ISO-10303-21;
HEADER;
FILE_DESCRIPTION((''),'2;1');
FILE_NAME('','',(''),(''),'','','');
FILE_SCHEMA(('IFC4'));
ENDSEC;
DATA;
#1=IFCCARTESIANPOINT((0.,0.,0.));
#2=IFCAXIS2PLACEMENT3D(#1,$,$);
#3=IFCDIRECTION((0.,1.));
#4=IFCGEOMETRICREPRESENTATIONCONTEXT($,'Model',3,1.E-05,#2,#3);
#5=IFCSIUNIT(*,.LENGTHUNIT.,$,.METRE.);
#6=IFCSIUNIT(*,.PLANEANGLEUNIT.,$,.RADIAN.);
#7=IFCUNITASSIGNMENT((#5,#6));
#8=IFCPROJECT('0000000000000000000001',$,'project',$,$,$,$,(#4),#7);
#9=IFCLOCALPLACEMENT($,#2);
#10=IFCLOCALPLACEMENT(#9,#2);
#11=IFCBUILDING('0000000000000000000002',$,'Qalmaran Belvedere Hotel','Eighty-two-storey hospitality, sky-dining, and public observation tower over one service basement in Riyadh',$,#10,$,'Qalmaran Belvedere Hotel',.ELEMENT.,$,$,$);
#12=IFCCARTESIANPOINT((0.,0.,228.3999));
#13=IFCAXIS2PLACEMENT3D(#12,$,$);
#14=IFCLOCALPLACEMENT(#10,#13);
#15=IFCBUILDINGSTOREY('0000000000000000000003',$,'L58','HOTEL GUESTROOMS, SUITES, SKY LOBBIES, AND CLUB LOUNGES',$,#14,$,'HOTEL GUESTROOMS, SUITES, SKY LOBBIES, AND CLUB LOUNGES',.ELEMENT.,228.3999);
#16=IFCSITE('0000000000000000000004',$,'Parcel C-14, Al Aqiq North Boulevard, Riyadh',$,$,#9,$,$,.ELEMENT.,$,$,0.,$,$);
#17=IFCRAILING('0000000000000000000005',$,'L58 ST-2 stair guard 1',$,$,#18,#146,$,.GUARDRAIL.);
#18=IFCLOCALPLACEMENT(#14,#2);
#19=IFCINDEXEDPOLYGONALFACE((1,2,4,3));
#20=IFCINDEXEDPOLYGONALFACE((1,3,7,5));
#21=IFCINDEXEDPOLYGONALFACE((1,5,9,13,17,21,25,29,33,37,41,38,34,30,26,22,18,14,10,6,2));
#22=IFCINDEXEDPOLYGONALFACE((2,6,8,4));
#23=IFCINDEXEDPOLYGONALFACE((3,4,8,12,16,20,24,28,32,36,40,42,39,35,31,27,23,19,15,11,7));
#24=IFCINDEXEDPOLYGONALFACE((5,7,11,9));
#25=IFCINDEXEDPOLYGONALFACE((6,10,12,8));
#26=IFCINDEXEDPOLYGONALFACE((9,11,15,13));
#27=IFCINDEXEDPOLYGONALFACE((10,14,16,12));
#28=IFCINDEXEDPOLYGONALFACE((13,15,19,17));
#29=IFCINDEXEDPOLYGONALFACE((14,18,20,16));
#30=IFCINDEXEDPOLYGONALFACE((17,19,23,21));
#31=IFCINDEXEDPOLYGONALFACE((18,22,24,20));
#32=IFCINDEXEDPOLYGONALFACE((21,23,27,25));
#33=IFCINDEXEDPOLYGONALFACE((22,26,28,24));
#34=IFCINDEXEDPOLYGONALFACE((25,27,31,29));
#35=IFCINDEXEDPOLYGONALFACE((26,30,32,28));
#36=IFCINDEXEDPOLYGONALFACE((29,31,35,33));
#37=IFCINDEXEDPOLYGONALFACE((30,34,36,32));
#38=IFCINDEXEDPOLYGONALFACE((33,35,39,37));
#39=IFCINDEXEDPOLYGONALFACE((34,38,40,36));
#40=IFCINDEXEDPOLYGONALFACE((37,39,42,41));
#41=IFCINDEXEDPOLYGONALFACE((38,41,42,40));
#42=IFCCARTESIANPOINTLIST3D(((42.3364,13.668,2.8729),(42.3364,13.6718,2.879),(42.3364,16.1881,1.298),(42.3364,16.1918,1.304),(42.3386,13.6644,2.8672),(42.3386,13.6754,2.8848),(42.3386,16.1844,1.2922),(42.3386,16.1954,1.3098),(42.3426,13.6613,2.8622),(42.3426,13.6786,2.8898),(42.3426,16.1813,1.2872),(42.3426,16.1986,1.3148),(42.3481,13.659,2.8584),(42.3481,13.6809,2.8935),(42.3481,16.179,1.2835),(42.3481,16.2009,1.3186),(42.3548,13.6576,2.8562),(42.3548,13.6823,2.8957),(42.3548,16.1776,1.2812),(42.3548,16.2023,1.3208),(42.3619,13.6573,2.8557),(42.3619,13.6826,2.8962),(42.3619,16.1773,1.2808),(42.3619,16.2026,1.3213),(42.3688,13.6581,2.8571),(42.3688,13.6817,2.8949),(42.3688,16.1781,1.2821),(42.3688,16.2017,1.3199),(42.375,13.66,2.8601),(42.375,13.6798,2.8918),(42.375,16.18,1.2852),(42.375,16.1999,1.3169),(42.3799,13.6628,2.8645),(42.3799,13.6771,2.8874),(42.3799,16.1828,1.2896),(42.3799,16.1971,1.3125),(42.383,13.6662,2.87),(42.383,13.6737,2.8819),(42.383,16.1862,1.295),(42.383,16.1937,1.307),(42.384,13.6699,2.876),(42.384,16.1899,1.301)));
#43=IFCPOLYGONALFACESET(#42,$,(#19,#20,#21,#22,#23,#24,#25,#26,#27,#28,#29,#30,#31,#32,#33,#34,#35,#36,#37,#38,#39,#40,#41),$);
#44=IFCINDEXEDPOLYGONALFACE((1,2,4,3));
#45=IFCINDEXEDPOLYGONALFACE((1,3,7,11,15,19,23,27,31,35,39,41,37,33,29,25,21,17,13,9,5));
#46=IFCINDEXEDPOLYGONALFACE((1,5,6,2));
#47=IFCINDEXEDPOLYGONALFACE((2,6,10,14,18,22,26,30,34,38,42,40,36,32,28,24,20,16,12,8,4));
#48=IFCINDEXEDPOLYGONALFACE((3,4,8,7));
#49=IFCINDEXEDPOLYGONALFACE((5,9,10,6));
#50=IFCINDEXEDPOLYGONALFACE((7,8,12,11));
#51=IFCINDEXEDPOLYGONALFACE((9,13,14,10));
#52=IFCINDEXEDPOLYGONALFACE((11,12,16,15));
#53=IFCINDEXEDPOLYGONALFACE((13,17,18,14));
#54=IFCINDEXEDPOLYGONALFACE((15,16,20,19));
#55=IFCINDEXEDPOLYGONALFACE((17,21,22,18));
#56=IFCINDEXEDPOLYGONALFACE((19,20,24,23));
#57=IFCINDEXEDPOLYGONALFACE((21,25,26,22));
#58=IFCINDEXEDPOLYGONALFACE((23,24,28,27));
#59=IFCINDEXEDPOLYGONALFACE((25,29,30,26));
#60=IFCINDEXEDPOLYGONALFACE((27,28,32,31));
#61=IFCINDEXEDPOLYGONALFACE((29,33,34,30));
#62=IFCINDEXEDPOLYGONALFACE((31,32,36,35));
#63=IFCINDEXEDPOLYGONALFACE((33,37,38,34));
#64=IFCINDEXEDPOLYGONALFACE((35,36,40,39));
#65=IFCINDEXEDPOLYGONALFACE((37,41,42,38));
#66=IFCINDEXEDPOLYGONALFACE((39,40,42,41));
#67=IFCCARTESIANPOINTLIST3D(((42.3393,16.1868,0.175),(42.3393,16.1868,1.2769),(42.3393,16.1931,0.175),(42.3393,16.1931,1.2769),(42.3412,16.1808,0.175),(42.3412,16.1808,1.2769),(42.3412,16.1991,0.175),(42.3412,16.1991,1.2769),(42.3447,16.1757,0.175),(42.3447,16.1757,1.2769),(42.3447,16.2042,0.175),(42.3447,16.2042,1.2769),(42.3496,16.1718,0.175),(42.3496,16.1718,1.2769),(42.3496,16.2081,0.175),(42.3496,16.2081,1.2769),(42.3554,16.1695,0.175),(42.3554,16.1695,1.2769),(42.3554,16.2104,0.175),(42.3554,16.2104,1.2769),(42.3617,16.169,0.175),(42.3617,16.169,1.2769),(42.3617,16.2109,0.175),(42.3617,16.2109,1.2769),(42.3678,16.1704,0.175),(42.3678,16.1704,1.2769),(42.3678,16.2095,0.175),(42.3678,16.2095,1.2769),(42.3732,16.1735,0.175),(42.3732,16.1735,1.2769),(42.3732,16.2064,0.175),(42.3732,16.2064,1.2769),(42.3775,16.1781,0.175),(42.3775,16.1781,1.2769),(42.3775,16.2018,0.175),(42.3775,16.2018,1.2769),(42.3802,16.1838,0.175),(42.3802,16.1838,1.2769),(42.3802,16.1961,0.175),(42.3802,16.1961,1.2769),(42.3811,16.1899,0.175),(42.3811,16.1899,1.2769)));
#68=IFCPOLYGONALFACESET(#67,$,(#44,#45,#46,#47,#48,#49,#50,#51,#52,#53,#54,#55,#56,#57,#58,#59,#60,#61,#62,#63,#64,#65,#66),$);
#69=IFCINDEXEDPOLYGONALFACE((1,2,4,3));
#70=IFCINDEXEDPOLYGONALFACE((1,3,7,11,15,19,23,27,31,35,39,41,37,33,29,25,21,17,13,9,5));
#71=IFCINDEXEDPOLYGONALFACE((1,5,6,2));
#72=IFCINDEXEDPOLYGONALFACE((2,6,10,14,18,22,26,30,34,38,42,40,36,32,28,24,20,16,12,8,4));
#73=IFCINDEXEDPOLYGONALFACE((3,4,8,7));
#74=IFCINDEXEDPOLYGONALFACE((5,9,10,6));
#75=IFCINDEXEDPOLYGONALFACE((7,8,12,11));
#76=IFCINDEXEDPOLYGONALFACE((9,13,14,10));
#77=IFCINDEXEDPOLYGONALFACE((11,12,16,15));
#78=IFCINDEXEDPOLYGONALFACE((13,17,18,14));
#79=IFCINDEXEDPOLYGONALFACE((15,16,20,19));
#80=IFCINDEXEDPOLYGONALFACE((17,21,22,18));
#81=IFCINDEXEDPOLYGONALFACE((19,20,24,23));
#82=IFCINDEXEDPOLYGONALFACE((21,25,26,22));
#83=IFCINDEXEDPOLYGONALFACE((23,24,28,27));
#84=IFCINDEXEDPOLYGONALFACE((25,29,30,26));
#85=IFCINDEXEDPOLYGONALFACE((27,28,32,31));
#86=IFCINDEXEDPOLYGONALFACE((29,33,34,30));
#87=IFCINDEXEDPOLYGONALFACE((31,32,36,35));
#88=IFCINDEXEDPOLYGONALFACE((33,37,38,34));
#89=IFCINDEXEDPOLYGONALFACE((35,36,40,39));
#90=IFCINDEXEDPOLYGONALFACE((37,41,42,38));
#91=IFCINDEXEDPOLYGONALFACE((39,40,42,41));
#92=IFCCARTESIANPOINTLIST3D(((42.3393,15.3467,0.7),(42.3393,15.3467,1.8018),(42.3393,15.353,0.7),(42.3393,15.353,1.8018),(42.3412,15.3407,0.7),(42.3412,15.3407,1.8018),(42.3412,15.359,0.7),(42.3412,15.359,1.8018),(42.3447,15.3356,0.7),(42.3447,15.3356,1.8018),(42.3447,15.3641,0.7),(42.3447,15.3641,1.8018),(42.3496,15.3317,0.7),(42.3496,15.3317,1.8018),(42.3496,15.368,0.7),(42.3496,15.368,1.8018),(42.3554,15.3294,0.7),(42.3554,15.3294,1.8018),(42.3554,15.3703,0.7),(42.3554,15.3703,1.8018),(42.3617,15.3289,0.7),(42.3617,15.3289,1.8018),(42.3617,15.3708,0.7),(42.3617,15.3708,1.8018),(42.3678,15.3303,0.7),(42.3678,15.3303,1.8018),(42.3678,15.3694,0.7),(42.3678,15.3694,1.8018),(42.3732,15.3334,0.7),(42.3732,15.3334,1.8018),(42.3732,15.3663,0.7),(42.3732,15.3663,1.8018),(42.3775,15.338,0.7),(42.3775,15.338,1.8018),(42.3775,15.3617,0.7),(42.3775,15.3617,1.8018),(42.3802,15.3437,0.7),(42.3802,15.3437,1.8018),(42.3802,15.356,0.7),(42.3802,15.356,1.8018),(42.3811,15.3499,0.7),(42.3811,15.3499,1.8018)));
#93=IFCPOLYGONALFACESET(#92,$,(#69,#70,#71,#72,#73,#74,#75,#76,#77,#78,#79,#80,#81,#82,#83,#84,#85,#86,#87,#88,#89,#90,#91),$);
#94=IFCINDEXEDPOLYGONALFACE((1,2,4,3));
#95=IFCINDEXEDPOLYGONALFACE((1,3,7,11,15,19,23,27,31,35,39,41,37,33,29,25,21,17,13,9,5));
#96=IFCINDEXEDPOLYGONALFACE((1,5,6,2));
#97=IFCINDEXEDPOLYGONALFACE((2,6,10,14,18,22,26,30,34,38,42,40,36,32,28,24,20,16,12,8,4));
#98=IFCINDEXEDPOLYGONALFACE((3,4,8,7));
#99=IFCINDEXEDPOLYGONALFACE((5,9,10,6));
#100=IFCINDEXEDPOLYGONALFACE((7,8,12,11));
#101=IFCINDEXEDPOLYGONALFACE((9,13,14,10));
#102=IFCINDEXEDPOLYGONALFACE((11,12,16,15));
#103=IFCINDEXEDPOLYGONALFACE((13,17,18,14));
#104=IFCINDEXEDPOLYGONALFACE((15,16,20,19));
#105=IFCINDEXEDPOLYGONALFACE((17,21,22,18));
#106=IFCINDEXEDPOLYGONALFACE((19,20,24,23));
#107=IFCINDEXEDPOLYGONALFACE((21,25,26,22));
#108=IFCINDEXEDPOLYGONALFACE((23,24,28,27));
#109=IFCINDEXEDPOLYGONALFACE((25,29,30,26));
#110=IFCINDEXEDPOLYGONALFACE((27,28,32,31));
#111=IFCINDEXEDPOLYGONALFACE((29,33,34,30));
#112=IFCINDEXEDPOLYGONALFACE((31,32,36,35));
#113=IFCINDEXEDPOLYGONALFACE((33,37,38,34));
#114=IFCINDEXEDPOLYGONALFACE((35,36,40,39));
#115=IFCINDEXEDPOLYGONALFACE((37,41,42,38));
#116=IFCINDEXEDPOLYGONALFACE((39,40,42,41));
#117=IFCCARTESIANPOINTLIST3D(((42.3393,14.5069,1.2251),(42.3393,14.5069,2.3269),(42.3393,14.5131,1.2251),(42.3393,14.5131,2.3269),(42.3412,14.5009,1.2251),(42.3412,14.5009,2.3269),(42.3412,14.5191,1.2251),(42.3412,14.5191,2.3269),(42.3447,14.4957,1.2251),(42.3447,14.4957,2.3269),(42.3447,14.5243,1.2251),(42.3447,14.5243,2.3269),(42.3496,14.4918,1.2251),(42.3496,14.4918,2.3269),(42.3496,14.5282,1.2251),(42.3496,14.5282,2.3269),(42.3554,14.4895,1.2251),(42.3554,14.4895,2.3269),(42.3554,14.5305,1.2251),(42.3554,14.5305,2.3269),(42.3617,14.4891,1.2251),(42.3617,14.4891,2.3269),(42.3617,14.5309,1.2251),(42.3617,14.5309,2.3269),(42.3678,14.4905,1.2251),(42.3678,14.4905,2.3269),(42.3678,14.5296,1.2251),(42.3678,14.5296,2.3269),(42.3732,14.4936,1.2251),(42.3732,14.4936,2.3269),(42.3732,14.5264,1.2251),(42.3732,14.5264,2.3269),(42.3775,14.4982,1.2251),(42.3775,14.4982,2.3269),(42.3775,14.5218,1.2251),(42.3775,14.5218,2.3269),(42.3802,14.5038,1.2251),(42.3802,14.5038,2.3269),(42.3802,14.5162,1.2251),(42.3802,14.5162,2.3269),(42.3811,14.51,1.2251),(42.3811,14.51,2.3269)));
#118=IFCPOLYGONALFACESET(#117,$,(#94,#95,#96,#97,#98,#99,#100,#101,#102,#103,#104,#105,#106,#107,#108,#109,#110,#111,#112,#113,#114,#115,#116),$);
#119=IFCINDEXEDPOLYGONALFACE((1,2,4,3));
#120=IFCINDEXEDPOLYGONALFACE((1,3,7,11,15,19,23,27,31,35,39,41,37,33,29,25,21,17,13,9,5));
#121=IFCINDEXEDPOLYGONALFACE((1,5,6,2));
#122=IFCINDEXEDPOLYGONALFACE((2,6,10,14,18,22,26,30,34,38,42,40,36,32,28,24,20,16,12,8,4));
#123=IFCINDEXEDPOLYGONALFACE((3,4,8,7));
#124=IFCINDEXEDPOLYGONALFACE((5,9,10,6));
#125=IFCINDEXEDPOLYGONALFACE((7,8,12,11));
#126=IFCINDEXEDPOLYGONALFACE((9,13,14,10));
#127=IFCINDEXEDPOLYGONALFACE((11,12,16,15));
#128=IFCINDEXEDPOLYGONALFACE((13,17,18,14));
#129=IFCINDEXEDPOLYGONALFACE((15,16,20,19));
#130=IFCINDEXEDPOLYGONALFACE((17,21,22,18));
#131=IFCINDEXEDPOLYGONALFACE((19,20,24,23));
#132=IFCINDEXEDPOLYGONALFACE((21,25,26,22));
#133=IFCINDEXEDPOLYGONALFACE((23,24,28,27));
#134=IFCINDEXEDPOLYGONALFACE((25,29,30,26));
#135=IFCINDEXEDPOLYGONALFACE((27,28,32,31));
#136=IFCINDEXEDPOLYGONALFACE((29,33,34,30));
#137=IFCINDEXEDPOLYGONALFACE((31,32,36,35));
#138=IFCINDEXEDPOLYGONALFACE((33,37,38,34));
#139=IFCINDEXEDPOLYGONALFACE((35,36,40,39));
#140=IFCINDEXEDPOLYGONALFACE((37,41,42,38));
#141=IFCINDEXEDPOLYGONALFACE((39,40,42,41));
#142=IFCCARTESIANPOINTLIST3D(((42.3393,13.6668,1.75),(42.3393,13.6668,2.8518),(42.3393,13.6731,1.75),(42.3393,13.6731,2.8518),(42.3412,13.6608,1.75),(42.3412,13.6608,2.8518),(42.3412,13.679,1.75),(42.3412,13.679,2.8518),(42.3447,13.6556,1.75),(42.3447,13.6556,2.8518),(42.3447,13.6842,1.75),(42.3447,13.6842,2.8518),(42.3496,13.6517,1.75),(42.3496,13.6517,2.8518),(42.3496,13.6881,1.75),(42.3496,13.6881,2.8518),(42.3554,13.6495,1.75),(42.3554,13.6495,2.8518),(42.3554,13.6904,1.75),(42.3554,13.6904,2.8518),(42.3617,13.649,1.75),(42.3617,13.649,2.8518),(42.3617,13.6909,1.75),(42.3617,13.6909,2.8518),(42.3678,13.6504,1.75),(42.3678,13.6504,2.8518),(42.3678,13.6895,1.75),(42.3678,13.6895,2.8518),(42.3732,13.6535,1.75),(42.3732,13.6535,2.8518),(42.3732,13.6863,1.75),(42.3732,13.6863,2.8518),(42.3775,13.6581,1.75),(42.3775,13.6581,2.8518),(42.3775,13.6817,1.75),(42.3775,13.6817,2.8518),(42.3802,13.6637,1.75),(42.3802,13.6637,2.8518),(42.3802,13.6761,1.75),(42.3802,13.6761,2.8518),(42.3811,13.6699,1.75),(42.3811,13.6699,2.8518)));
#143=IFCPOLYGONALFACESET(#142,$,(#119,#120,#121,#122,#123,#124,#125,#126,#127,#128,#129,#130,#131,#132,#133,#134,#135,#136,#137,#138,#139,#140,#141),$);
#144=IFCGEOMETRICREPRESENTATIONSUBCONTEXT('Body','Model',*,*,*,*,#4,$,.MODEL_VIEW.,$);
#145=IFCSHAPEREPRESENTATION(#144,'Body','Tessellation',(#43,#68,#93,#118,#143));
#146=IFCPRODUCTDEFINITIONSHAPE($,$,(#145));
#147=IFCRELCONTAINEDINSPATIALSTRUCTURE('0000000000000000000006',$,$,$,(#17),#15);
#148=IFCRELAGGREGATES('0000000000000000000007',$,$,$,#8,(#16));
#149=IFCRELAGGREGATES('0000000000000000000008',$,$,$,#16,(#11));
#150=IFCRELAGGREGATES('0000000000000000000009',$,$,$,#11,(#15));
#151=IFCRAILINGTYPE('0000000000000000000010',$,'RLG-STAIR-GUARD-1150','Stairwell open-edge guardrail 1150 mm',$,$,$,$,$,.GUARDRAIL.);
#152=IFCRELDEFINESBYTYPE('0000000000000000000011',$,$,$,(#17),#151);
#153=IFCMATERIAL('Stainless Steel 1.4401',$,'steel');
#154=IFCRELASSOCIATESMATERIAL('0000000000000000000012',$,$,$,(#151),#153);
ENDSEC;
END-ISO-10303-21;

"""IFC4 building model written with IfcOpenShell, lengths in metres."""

from ifc_helpers import new_model, si_unit, direction, frame, origin, origin_2d, place, context, subcontext, project, spatial, circle, extrude, material, type_object, element, save


model = new_model("IFC4")

# Units and contexts
model_context = context("Model", 3, precision=1e-05, world=origin(), true_north=direction((0.0, 1.0)))
body_context = subcontext(model_context, "Body", "Model", "MODEL_VIEW")
ifc_project = project(units=[si_unit("LENGTHUNIT", "METRE"), si_unit("PLANEANGLEUNIT", "RADIAN")], contexts=[model_context])

# Site, building, storey
site_placement = place(None, origin())
site = spatial("IfcSite", under=ifc_project, at=site_placement, Name="Parcel C-14, Al Aqiq North Boulevard, Riyadh", CompositionType="ELEMENT", RefElevation=0.0)
building_placement = place(site_placement, origin())
building = spatial("IfcBuilding", under=site, at=building_placement, Name="Qalmaran Belvedere Hotel", Description="Eighty-two-storey hospitality, sky-dining, and public observation tower over one service basement in Riyadh", LongName="Qalmaran Belvedere Hotel", CompositionType="ELEMENT")
storey_placement = place(building_placement, frame((0.0, 0.0, 228.3999)))
storey = spatial("IfcBuildingStorey", under=building, at=storey_placement, Name="L58", Description="HOTEL GUESTROOMS, SUITES, SKY LOBBIES, AND CLUB LOUNGES", LongName="HOTEL GUESTROOMS, SUITES, SKY LOBBIES, AND CLUB LOUNGES", CompositionType="ELEMENT", Elevation=228.3999)

# Railing
ifc_material_1 = material(Name="Stainless Steel 1.4401", Category="steel")
railing_type_1 = type_object("IfcRailingType", Name="RLG-STAIR-GUARD-1150", Description="Stairwell open-edge guardrail 1150 mm", PredefinedType="GUARDRAIL", material=ifc_material_1)
railing_1_placement = place(storey_placement, frame((42.3601, 16.1899, 0.175)))
element("IfcRailing", 1, at=railing_1_placement, inside=storey, type_object=railing_type_1, Name="L58 ST-2 stair guard 1", PredefinedType="GUARDRAIL", context=body_context, shape_type="SweptSolid", body=[
    extrude(circle(Radius=0.0239, at=origin_2d()), frame((0.0, 0.0, 1.126), z_axis=(0.0, -0.848008, 0.529984), x_axis=(1.0, 0.0, 0.0)), (0.0, 0.0, 1.0), 2.9717),
    extrude(circle(Radius=0.021, at=origin_2d()), origin(), (0.0, 0.0, 1.0), 1.1018),
    extrude(circle(Radius=0.021, at=origin_2d()), frame((0.0, -0.8401, 0.5249)), (0.0, 0.0, 1.0), 1.1018),
    extrude(circle(Radius=0.021, at=origin_2d()), frame((0.0, -1.6799, 1.05)), (0.0, 0.0, 1.0), 1.1018),
    extrude(circle(Radius=0.021, at=origin_2d()), frame((0.0, -2.52, 1.575)), (0.0, 0.0, 1.0), 1.1018),
])

save(model, "model.ifc")
